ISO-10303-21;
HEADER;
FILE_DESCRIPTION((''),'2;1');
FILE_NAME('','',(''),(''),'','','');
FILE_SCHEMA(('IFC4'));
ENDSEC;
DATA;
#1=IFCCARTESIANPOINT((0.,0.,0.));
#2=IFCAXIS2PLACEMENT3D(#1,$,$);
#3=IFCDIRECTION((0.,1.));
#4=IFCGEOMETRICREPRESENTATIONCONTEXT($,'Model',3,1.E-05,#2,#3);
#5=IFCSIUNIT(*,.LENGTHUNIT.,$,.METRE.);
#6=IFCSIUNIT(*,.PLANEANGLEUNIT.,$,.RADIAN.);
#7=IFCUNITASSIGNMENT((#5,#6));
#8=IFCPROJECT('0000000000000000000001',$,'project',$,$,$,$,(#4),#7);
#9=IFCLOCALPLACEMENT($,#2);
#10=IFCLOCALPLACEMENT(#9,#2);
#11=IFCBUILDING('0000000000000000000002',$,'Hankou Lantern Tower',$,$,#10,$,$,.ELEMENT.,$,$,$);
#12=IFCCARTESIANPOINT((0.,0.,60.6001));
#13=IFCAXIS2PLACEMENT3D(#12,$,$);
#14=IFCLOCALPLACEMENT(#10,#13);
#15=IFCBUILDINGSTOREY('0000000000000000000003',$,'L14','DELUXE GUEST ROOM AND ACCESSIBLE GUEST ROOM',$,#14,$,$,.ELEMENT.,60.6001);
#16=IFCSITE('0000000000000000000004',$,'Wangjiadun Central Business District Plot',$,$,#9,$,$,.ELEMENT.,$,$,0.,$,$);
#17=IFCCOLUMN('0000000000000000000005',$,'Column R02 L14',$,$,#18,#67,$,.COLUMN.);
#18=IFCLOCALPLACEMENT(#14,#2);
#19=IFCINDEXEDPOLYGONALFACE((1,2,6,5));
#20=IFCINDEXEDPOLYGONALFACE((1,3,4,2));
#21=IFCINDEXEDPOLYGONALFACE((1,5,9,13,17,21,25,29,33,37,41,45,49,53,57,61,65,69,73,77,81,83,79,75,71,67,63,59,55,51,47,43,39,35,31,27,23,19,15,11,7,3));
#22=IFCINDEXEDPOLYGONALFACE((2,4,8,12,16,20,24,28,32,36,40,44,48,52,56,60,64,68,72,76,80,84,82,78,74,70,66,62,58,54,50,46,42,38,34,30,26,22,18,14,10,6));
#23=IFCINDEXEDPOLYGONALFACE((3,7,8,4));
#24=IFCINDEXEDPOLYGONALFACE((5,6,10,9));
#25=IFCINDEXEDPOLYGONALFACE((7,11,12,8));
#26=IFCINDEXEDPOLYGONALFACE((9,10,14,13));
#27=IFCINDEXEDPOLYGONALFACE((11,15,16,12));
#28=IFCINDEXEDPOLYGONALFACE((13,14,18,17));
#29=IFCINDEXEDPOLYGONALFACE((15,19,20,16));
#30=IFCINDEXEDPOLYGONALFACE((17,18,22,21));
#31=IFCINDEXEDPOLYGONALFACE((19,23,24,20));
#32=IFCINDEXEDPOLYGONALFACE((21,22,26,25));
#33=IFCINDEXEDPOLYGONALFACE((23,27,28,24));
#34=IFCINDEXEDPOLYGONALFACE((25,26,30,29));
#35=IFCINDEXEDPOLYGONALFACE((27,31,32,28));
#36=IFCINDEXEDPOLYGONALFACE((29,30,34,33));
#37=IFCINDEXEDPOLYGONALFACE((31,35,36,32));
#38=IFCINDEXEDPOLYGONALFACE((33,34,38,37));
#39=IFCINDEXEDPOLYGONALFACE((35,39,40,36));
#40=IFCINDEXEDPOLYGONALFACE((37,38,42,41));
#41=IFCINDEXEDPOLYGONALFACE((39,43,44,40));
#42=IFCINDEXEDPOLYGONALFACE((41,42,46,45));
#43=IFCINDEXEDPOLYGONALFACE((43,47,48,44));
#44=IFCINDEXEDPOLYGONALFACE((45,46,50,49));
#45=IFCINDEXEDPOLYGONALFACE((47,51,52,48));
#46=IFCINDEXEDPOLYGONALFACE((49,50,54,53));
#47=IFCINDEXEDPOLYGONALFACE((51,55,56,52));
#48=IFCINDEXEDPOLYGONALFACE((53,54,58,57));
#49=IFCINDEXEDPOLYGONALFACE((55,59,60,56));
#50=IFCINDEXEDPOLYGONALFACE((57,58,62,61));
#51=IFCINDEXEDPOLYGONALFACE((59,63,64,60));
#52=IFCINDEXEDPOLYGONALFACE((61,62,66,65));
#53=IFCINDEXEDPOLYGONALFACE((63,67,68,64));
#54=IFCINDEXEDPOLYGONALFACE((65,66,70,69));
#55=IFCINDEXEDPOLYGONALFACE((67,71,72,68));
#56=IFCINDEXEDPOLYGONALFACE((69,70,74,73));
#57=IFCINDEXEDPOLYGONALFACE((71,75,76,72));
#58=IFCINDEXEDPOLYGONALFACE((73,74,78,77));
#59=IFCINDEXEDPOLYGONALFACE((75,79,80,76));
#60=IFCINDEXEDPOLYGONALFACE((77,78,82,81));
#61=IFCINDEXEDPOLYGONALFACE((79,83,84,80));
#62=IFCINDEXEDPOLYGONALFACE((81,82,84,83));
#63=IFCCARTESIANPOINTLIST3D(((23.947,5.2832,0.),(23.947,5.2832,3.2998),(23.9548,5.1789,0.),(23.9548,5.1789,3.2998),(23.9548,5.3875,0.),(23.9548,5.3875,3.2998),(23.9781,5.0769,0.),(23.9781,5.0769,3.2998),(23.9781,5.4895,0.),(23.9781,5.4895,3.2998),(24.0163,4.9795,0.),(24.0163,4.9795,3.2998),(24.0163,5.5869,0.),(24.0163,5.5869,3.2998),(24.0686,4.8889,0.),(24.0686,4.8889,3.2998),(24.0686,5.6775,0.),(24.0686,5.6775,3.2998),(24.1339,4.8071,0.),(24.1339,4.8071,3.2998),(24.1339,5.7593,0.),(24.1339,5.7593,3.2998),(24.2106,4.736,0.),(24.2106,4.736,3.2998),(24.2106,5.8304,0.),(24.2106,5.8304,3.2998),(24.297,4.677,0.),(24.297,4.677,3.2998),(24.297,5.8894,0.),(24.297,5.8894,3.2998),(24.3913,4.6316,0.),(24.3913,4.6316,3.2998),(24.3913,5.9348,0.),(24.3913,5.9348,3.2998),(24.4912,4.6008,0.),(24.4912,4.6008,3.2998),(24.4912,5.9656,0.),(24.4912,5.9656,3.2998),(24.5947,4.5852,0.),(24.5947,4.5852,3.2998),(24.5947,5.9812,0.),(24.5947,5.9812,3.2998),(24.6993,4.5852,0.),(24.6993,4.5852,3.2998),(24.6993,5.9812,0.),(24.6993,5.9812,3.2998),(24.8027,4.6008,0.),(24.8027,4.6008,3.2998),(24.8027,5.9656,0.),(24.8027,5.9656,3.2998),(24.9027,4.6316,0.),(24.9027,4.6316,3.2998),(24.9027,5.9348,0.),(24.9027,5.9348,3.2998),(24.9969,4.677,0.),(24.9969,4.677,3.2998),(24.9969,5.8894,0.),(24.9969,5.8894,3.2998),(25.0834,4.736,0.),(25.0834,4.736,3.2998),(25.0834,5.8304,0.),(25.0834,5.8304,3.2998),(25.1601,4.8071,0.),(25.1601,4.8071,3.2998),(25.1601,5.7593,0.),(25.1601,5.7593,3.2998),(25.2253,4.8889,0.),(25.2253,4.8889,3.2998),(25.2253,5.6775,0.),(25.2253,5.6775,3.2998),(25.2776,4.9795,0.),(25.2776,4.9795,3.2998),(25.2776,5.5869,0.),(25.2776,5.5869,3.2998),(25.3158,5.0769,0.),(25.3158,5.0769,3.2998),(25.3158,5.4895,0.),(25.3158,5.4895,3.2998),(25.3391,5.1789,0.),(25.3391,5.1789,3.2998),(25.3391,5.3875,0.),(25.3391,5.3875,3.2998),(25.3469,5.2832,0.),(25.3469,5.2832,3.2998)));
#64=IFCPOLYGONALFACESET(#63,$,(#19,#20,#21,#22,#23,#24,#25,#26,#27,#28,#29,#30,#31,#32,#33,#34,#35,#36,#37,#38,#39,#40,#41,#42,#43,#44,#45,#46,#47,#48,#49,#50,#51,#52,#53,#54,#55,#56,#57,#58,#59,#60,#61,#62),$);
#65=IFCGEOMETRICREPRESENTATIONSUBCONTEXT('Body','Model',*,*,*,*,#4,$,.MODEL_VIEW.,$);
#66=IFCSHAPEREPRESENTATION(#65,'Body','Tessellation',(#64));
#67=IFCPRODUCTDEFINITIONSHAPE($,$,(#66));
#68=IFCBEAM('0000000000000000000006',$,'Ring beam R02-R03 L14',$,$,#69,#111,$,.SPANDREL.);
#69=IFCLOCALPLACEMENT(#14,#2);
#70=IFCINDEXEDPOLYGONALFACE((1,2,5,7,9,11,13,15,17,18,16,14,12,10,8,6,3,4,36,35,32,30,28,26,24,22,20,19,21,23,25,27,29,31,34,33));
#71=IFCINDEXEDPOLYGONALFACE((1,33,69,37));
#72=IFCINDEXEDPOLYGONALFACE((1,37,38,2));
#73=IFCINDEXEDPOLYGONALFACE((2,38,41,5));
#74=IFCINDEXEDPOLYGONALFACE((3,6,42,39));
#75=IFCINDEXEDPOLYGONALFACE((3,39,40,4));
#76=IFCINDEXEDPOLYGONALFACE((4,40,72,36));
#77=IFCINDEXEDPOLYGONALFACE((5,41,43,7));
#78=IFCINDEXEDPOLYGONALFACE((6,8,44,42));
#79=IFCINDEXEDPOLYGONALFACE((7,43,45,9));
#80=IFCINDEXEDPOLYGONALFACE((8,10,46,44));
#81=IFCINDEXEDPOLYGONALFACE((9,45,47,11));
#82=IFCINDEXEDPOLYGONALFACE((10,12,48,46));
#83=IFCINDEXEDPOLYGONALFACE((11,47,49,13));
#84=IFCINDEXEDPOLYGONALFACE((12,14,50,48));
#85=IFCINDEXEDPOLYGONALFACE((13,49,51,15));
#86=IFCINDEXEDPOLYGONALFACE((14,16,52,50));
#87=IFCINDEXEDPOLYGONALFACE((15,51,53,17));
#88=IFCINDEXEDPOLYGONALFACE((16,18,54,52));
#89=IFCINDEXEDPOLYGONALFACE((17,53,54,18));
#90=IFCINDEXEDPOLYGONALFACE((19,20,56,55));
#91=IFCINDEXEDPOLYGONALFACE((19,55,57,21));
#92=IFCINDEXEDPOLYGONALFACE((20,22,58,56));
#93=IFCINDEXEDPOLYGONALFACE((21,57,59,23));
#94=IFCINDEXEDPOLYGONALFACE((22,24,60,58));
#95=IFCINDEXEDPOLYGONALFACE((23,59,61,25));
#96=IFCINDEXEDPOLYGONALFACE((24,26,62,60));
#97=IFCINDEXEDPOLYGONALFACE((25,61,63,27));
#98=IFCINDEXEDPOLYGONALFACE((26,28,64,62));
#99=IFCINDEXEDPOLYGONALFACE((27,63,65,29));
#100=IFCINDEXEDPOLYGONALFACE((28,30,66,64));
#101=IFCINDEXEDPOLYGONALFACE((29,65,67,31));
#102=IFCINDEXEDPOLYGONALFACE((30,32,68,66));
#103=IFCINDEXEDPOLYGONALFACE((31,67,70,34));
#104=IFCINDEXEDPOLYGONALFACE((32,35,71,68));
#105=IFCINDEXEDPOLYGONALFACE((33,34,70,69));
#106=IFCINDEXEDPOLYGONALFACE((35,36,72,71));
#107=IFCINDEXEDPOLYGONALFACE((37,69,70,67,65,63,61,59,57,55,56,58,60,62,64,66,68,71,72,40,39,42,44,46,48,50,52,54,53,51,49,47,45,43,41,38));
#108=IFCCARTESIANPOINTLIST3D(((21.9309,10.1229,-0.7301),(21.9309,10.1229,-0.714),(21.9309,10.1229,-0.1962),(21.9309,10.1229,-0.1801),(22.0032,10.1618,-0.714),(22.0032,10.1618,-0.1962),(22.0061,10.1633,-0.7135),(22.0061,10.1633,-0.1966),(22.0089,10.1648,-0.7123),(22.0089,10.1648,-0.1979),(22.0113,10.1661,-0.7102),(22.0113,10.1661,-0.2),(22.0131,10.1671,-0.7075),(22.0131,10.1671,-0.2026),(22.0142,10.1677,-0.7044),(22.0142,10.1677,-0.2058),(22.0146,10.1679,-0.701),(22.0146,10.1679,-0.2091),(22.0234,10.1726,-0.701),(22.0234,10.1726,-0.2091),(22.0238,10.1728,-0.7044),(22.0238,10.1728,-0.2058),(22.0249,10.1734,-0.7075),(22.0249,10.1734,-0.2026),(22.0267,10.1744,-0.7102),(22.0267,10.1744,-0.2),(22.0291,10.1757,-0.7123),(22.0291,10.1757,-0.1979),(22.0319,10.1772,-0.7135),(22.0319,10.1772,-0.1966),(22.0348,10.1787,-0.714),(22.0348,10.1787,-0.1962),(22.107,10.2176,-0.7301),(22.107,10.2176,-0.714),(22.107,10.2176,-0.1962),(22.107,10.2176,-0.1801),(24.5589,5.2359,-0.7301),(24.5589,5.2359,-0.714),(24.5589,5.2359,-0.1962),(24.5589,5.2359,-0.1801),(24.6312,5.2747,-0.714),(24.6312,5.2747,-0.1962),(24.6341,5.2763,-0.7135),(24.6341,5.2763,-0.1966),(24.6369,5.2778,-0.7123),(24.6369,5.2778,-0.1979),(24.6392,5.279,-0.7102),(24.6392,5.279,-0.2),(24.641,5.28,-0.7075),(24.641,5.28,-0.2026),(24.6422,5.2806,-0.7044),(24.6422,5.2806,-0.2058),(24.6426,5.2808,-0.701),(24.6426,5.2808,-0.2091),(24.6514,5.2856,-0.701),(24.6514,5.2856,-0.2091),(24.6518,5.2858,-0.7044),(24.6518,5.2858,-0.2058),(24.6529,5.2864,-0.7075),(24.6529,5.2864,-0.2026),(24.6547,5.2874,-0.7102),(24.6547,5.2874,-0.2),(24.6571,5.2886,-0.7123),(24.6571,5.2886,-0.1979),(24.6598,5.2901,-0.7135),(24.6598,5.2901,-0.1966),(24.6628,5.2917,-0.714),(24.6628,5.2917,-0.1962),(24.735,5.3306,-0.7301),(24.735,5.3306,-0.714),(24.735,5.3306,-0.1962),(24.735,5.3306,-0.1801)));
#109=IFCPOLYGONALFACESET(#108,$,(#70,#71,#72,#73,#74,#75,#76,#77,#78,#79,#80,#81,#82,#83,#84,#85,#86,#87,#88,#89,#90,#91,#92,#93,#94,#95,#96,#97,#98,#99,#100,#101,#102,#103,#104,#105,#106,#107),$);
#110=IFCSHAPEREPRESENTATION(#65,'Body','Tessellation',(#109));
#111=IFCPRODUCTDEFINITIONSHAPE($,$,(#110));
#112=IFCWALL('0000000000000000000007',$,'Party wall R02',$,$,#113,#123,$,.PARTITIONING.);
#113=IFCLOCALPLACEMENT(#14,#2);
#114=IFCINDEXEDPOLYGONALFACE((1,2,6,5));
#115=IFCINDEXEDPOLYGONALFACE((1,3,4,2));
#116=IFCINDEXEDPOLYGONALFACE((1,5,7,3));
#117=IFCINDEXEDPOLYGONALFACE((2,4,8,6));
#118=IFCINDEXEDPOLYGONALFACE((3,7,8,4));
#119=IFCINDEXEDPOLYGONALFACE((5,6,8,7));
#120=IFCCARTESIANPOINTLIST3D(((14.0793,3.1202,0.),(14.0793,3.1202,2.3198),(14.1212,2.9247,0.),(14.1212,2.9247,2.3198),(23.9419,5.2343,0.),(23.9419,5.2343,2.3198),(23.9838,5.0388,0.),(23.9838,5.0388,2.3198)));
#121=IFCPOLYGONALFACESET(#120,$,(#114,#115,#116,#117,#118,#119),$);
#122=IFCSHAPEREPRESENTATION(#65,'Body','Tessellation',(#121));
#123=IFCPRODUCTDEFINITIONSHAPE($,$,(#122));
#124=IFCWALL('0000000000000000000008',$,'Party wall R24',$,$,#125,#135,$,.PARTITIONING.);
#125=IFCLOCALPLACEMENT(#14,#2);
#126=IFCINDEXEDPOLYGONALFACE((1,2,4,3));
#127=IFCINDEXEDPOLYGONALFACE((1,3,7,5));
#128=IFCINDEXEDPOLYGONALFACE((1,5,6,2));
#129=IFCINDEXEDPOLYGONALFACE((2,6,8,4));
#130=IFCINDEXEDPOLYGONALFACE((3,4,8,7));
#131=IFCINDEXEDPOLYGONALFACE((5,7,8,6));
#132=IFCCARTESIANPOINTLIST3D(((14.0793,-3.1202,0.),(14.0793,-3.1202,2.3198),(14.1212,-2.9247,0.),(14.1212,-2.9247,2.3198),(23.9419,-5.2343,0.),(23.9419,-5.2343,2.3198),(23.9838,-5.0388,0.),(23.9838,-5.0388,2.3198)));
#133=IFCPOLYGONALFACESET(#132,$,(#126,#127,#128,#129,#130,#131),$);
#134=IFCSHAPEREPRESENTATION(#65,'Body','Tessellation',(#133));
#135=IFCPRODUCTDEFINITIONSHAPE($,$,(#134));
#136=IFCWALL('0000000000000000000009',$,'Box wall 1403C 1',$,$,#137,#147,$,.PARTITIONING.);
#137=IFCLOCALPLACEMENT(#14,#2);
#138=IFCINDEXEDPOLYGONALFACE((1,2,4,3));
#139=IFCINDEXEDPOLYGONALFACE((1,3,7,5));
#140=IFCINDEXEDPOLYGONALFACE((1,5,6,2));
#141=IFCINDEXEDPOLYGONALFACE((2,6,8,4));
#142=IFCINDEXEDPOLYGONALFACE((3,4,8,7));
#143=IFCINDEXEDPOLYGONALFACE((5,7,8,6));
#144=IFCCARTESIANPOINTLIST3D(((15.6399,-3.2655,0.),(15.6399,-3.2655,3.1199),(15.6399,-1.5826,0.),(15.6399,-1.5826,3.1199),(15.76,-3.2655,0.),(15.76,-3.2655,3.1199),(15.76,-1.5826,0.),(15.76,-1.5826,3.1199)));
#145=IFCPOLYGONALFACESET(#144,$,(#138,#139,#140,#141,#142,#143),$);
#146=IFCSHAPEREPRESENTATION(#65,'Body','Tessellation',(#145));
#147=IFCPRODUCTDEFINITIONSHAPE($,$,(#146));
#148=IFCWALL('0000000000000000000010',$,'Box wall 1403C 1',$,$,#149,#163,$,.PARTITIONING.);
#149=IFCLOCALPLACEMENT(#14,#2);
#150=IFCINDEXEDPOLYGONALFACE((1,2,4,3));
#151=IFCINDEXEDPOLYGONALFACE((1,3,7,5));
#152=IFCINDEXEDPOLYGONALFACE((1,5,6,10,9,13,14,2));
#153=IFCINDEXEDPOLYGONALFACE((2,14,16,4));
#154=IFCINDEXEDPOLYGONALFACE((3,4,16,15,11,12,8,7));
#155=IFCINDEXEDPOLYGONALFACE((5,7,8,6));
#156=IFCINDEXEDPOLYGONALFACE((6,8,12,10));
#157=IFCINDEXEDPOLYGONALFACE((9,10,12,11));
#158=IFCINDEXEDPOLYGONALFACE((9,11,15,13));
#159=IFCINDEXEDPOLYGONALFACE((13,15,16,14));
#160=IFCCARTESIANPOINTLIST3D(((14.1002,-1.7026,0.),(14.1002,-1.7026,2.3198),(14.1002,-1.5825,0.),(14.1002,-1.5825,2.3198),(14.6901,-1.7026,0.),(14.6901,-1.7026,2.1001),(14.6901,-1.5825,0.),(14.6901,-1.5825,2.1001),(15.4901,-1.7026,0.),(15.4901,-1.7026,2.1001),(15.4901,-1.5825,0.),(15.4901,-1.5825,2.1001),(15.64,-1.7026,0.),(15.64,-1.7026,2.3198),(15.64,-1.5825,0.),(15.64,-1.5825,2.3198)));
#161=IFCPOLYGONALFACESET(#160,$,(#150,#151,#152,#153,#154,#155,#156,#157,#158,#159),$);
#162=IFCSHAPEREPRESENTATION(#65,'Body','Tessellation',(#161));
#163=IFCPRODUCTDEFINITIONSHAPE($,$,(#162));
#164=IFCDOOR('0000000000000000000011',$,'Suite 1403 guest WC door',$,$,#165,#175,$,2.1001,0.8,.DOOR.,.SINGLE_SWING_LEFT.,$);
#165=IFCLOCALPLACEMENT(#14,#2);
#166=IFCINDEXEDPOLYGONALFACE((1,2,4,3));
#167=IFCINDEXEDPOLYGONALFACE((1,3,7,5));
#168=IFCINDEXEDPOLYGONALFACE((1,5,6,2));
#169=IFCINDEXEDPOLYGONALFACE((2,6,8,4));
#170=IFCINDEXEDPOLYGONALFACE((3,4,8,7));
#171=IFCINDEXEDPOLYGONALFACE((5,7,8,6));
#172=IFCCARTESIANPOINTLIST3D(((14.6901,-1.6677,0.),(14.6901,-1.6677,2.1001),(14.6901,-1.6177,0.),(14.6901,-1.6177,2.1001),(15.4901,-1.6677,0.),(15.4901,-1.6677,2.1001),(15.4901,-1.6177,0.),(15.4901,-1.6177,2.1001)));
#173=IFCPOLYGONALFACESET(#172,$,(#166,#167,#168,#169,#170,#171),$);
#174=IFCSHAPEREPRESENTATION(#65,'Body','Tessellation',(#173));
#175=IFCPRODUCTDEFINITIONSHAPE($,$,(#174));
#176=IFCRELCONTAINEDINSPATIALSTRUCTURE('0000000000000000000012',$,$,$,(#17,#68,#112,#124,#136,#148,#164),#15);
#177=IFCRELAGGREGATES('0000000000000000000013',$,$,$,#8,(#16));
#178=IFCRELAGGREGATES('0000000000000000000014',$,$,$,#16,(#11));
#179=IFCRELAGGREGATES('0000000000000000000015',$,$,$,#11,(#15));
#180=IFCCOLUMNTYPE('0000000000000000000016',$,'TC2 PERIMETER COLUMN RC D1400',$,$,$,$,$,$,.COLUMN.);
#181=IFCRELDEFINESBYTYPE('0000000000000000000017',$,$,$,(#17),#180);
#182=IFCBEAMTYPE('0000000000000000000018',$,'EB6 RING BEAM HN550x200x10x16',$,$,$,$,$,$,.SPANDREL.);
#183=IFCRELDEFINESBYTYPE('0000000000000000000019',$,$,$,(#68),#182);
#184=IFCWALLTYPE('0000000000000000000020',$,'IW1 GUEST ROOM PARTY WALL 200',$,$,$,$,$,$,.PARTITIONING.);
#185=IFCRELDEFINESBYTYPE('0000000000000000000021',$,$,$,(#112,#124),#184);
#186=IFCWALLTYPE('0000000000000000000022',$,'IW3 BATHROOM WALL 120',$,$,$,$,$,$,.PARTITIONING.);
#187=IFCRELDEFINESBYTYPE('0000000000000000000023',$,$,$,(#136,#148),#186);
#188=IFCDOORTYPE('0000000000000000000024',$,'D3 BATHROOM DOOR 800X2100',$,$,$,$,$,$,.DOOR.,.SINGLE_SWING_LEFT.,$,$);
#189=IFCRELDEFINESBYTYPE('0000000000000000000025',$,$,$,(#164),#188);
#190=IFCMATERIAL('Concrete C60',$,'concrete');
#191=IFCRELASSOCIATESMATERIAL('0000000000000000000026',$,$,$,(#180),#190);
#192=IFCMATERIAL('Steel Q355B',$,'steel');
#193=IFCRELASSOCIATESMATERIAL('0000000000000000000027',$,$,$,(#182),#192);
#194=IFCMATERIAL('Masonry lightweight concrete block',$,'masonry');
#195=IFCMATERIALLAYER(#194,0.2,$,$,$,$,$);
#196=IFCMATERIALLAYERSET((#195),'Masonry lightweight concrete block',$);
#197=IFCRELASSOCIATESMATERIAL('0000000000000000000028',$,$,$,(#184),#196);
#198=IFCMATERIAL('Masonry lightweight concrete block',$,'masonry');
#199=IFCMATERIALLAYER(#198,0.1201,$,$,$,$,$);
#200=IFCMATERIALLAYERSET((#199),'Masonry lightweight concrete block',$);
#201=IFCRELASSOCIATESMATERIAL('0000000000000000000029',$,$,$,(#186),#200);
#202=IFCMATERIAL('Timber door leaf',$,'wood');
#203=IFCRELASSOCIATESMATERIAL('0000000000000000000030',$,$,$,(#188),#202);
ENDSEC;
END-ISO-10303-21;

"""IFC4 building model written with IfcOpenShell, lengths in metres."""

from ifc_helpers import new_model, si_unit, direction, frame, frame_2d, origin, origin_2d, place, context, subcontext, project, spatial, rectangle, circle, i_section, extrude, material, layer, layer_set, material_profile, profile_set, type_object, element, fill, save


model = new_model("IFC4")

# Units and contexts
model_context = context("Model", 3, precision=1e-05, world=origin(), true_north=direction((0.0, 1.0)))
body_context = subcontext(model_context, "Body", "Model", "MODEL_VIEW")
ifc_project = project(units=[si_unit("LENGTHUNIT", "METRE"), si_unit("PLANEANGLEUNIT", "RADIAN")], contexts=[model_context])

# Site, building, storey
site_placement = place(None, origin())
site = spatial("IfcSite", under=ifc_project, at=site_placement, Name="Wangjiadun Central Business District Plot", CompositionType="ELEMENT", RefElevation=0.0)
building_placement = place(site_placement, origin())
building = spatial("IfcBuilding", under=site, at=building_placement, Name="Hankou Lantern Tower", CompositionType="ELEMENT")
storey_placement = place(building_placement, frame((0.0, 0.0, 60.6001)))
storey = spatial("IfcBuildingStorey", under=building, at=storey_placement, Name="L14", Description="DELUXE GUEST ROOM AND ACCESSIBLE GUEST ROOM", CompositionType="ELEMENT", Elevation=60.6001)

# Column
ifc_material_1 = material(Name="Concrete C60", Category="concrete")
ifc_material_profile_1 = material_profile(ifc_material_1, circle(Radius=0.7, at=origin_2d()), Name="RC D1400")
ifc_profile_set_1 = profile_set([ifc_material_profile_1], Name="Concrete C60")
column_type = type_object("IfcColumnType", Name="TC2 PERIMETER COLUMN RC D1400", PredefinedType="COLUMN", material=ifc_profile_set_1)
column_placement = place(storey_placement, frame((24.647, 5.2832, 0.0), z_axis=(0.0, 0.0, 1.0), x_axis=(1.0, 0.0, 0.0)))
element("IfcColumn", 1, at=column_placement, inside=storey, type_object=column_type, Name="Column R02 L14", PredefinedType="COLUMN", context=body_context, shape_type="SweptSolid", body=[
    extrude(circle(Radius=0.7, at=origin_2d()), origin(), (0.0, 0.0, 1.0), 3.2998),
])

# Beam
ifc_material_2 = material(Name="Steel Q355B", Category="steel")
ifc_material_profile_2 = material_profile(ifc_material_2, i_section(OverallWidth=0.2, OverallDepth=0.55, WebThickness=0.01, FlangeThickness=0.0161, FilletRadius=0.0129, at=origin_2d()), Name="HN550x200x10x16")
ifc_profile_set_2 = profile_set([ifc_material_profile_2], Name="Steel Q355B")
beam_type = type_object("IfcBeamType", Name="EB6 RING BEAM HN550x200x10x16", PredefinedType="SPANDREL", material=ifc_profile_set_2)
beam_placement = place(storey_placement, frame((24.647, 5.2832, -0.4551), z_axis=(-0.473609, 0.880735, 0.0), x_axis=(-0.880735, -0.473609, 0.0)))
element("IfcBeam", 2, at=beam_placement, inside=storey, type_object=beam_type, Name="Ring beam R02-R03 L14", PredefinedType="SPANDREL", context=body_context, shape_type="SweptSolid", body=[
    extrude(i_section(OverallWidth=0.2, OverallDepth=0.55, WebThickness=0.01, FlangeThickness=0.0161, FilletRadius=0.0129, at=origin_2d()), origin(), (0.0, 0.0, 1.0), 5.5488),
])

# Walls
ifc_material_3 = material(Name="Masonry lightweight concrete block", Category="masonry")
ifc_layer_1 = layer(ifc_material_3, 0.2)
ifc_layer_set_1 = layer_set([ifc_layer_1], Name="Masonry lightweight concrete block")
wall_type_1 = type_object("IfcWallType", Name="IW1 GUEST ROOM PARTY WALL 200", PredefinedType="PARTITIONING", material=ifc_layer_set_1)
for number, where, z_axis, x_axis, name in (
    (3, (14.1001, 3.0225, 0.0), (0.0, 0.0, 1.0), (0.97779, 0.209587, 0.0), "Party wall R02"),
    (4, (14.1001, -3.0225, 0.0), (0.0, 0.0, 1.0), (0.97779, -0.209587, 0.0), "Party wall R24"),
):
    element("IfcWall", number, at=place(storey_placement, frame(where, z_axis=z_axis, x_axis=x_axis)), inside=storey, type_object=wall_type_1, Name=name, PredefinedType="PARTITIONING", context=body_context, shape_type="SweptSolid", body=[
        extrude(rectangle(XDim=10.0867, YDim=0.2, at=frame_2d((5.0435, 0.0))), origin(), (0.0, 0.0, 1.0), 2.3198),
    ])
ifc_material_4 = material(Name="Masonry lightweight concrete block", Category="masonry")
ifc_layer_2 = layer(ifc_material_4, 0.1201)
ifc_layer_set_2 = layer_set([ifc_layer_2], Name="Masonry lightweight concrete block")
wall_type_2 = type_object("IfcWallType", Name="IW3 BATHROOM WALL 120", PredefinedType="PARTITIONING", material=ifc_layer_set_2)
wall_1_placement = place(storey_placement, frame((15.7, -3.2654, 0.0), z_axis=(0.0, 0.0, 1.0), x_axis=(0.0, 1.0, 0.0)))
element("IfcWall", 5, at=wall_1_placement, inside=storey, type_object=wall_type_2, Name="Box wall 1403C 1", PredefinedType="PARTITIONING", context=body_context, shape_type="SweptSolid", body=[
    extrude(rectangle(XDim=1.6829, YDim=0.1201, at=frame_2d((0.8413, 0.0))), origin(), (0.0, 0.0, 1.0), 3.1199),
])

# Wall, opening, door
wall_2_placement = place(storey_placement, frame((14.1001, -1.6426, 0.0), z_axis=(0.0, 0.0, 1.0), x_axis=(1.0, 0.0, 0.0)))
wall_2 = element("IfcWall", 6, at=wall_2_placement, inside=storey, type_object=wall_type_2, Name="Box wall 1403C 1", PredefinedType="PARTITIONING", context=body_context, shape_type="SweptSolid", body=[
    extrude(rectangle(XDim=1.5398, YDim=0.1201, at=frame_2d((0.77, 0.0))), origin(), (0.0, 0.0, 1.0), 2.3198),
])
opening_1_placement = place(wall_2_placement, frame((0.5901, 0.0, 0.0)))
opening_1 = element("IfcOpeningElement", 7, at=opening_1_placement, cuts=wall_2, PredefinedType="OPENING", context=body_context, shape_type="SweptSolid", body=[
    extrude(rectangle(XDim=0.8, YDim=2.1001, at=frame_2d((0.3999, 1.05))), frame((0.0, 0.0701, 0.0), z_axis=(0.0, -1.0, 0.0), x_axis=(1.0, 0.0, 0.0)), (0.0, 0.0, 1.0), 0.1401),
])
ifc_material_5 = material(Name="Timber door leaf", Category="wood")
door_type_1 = type_object("IfcDoorType", Name="D3 BATHROOM DOOR 800X2100", OperationType="SINGLE_SWING_LEFT", PredefinedType="DOOR", material=ifc_material_5)
door_1_placement = place(opening_1_placement, origin())
door_1 = element("IfcDoor", 8, at=door_1_placement, inside=storey, type_object=door_type_1, Name="Suite 1403 guest WC door", OperationType="SINGLE_SWING_LEFT", OverallHeight=2.1001, OverallWidth=0.8, PredefinedType="DOOR", context=body_context, shape_type="SweptSolid", body=[
    extrude(rectangle(XDim=0.8, YDim=2.1001, at=frame_2d((0.3999, 1.05))), frame((0.0, 0.0249, 0.0), z_axis=(0.0, -1.0, 0.0), x_axis=(1.0, 0.0, 0.0)), (0.0, 0.0, 1.0), 0.05),
])
fill(opening_1, door_1)

save(model, "model.ifc")
